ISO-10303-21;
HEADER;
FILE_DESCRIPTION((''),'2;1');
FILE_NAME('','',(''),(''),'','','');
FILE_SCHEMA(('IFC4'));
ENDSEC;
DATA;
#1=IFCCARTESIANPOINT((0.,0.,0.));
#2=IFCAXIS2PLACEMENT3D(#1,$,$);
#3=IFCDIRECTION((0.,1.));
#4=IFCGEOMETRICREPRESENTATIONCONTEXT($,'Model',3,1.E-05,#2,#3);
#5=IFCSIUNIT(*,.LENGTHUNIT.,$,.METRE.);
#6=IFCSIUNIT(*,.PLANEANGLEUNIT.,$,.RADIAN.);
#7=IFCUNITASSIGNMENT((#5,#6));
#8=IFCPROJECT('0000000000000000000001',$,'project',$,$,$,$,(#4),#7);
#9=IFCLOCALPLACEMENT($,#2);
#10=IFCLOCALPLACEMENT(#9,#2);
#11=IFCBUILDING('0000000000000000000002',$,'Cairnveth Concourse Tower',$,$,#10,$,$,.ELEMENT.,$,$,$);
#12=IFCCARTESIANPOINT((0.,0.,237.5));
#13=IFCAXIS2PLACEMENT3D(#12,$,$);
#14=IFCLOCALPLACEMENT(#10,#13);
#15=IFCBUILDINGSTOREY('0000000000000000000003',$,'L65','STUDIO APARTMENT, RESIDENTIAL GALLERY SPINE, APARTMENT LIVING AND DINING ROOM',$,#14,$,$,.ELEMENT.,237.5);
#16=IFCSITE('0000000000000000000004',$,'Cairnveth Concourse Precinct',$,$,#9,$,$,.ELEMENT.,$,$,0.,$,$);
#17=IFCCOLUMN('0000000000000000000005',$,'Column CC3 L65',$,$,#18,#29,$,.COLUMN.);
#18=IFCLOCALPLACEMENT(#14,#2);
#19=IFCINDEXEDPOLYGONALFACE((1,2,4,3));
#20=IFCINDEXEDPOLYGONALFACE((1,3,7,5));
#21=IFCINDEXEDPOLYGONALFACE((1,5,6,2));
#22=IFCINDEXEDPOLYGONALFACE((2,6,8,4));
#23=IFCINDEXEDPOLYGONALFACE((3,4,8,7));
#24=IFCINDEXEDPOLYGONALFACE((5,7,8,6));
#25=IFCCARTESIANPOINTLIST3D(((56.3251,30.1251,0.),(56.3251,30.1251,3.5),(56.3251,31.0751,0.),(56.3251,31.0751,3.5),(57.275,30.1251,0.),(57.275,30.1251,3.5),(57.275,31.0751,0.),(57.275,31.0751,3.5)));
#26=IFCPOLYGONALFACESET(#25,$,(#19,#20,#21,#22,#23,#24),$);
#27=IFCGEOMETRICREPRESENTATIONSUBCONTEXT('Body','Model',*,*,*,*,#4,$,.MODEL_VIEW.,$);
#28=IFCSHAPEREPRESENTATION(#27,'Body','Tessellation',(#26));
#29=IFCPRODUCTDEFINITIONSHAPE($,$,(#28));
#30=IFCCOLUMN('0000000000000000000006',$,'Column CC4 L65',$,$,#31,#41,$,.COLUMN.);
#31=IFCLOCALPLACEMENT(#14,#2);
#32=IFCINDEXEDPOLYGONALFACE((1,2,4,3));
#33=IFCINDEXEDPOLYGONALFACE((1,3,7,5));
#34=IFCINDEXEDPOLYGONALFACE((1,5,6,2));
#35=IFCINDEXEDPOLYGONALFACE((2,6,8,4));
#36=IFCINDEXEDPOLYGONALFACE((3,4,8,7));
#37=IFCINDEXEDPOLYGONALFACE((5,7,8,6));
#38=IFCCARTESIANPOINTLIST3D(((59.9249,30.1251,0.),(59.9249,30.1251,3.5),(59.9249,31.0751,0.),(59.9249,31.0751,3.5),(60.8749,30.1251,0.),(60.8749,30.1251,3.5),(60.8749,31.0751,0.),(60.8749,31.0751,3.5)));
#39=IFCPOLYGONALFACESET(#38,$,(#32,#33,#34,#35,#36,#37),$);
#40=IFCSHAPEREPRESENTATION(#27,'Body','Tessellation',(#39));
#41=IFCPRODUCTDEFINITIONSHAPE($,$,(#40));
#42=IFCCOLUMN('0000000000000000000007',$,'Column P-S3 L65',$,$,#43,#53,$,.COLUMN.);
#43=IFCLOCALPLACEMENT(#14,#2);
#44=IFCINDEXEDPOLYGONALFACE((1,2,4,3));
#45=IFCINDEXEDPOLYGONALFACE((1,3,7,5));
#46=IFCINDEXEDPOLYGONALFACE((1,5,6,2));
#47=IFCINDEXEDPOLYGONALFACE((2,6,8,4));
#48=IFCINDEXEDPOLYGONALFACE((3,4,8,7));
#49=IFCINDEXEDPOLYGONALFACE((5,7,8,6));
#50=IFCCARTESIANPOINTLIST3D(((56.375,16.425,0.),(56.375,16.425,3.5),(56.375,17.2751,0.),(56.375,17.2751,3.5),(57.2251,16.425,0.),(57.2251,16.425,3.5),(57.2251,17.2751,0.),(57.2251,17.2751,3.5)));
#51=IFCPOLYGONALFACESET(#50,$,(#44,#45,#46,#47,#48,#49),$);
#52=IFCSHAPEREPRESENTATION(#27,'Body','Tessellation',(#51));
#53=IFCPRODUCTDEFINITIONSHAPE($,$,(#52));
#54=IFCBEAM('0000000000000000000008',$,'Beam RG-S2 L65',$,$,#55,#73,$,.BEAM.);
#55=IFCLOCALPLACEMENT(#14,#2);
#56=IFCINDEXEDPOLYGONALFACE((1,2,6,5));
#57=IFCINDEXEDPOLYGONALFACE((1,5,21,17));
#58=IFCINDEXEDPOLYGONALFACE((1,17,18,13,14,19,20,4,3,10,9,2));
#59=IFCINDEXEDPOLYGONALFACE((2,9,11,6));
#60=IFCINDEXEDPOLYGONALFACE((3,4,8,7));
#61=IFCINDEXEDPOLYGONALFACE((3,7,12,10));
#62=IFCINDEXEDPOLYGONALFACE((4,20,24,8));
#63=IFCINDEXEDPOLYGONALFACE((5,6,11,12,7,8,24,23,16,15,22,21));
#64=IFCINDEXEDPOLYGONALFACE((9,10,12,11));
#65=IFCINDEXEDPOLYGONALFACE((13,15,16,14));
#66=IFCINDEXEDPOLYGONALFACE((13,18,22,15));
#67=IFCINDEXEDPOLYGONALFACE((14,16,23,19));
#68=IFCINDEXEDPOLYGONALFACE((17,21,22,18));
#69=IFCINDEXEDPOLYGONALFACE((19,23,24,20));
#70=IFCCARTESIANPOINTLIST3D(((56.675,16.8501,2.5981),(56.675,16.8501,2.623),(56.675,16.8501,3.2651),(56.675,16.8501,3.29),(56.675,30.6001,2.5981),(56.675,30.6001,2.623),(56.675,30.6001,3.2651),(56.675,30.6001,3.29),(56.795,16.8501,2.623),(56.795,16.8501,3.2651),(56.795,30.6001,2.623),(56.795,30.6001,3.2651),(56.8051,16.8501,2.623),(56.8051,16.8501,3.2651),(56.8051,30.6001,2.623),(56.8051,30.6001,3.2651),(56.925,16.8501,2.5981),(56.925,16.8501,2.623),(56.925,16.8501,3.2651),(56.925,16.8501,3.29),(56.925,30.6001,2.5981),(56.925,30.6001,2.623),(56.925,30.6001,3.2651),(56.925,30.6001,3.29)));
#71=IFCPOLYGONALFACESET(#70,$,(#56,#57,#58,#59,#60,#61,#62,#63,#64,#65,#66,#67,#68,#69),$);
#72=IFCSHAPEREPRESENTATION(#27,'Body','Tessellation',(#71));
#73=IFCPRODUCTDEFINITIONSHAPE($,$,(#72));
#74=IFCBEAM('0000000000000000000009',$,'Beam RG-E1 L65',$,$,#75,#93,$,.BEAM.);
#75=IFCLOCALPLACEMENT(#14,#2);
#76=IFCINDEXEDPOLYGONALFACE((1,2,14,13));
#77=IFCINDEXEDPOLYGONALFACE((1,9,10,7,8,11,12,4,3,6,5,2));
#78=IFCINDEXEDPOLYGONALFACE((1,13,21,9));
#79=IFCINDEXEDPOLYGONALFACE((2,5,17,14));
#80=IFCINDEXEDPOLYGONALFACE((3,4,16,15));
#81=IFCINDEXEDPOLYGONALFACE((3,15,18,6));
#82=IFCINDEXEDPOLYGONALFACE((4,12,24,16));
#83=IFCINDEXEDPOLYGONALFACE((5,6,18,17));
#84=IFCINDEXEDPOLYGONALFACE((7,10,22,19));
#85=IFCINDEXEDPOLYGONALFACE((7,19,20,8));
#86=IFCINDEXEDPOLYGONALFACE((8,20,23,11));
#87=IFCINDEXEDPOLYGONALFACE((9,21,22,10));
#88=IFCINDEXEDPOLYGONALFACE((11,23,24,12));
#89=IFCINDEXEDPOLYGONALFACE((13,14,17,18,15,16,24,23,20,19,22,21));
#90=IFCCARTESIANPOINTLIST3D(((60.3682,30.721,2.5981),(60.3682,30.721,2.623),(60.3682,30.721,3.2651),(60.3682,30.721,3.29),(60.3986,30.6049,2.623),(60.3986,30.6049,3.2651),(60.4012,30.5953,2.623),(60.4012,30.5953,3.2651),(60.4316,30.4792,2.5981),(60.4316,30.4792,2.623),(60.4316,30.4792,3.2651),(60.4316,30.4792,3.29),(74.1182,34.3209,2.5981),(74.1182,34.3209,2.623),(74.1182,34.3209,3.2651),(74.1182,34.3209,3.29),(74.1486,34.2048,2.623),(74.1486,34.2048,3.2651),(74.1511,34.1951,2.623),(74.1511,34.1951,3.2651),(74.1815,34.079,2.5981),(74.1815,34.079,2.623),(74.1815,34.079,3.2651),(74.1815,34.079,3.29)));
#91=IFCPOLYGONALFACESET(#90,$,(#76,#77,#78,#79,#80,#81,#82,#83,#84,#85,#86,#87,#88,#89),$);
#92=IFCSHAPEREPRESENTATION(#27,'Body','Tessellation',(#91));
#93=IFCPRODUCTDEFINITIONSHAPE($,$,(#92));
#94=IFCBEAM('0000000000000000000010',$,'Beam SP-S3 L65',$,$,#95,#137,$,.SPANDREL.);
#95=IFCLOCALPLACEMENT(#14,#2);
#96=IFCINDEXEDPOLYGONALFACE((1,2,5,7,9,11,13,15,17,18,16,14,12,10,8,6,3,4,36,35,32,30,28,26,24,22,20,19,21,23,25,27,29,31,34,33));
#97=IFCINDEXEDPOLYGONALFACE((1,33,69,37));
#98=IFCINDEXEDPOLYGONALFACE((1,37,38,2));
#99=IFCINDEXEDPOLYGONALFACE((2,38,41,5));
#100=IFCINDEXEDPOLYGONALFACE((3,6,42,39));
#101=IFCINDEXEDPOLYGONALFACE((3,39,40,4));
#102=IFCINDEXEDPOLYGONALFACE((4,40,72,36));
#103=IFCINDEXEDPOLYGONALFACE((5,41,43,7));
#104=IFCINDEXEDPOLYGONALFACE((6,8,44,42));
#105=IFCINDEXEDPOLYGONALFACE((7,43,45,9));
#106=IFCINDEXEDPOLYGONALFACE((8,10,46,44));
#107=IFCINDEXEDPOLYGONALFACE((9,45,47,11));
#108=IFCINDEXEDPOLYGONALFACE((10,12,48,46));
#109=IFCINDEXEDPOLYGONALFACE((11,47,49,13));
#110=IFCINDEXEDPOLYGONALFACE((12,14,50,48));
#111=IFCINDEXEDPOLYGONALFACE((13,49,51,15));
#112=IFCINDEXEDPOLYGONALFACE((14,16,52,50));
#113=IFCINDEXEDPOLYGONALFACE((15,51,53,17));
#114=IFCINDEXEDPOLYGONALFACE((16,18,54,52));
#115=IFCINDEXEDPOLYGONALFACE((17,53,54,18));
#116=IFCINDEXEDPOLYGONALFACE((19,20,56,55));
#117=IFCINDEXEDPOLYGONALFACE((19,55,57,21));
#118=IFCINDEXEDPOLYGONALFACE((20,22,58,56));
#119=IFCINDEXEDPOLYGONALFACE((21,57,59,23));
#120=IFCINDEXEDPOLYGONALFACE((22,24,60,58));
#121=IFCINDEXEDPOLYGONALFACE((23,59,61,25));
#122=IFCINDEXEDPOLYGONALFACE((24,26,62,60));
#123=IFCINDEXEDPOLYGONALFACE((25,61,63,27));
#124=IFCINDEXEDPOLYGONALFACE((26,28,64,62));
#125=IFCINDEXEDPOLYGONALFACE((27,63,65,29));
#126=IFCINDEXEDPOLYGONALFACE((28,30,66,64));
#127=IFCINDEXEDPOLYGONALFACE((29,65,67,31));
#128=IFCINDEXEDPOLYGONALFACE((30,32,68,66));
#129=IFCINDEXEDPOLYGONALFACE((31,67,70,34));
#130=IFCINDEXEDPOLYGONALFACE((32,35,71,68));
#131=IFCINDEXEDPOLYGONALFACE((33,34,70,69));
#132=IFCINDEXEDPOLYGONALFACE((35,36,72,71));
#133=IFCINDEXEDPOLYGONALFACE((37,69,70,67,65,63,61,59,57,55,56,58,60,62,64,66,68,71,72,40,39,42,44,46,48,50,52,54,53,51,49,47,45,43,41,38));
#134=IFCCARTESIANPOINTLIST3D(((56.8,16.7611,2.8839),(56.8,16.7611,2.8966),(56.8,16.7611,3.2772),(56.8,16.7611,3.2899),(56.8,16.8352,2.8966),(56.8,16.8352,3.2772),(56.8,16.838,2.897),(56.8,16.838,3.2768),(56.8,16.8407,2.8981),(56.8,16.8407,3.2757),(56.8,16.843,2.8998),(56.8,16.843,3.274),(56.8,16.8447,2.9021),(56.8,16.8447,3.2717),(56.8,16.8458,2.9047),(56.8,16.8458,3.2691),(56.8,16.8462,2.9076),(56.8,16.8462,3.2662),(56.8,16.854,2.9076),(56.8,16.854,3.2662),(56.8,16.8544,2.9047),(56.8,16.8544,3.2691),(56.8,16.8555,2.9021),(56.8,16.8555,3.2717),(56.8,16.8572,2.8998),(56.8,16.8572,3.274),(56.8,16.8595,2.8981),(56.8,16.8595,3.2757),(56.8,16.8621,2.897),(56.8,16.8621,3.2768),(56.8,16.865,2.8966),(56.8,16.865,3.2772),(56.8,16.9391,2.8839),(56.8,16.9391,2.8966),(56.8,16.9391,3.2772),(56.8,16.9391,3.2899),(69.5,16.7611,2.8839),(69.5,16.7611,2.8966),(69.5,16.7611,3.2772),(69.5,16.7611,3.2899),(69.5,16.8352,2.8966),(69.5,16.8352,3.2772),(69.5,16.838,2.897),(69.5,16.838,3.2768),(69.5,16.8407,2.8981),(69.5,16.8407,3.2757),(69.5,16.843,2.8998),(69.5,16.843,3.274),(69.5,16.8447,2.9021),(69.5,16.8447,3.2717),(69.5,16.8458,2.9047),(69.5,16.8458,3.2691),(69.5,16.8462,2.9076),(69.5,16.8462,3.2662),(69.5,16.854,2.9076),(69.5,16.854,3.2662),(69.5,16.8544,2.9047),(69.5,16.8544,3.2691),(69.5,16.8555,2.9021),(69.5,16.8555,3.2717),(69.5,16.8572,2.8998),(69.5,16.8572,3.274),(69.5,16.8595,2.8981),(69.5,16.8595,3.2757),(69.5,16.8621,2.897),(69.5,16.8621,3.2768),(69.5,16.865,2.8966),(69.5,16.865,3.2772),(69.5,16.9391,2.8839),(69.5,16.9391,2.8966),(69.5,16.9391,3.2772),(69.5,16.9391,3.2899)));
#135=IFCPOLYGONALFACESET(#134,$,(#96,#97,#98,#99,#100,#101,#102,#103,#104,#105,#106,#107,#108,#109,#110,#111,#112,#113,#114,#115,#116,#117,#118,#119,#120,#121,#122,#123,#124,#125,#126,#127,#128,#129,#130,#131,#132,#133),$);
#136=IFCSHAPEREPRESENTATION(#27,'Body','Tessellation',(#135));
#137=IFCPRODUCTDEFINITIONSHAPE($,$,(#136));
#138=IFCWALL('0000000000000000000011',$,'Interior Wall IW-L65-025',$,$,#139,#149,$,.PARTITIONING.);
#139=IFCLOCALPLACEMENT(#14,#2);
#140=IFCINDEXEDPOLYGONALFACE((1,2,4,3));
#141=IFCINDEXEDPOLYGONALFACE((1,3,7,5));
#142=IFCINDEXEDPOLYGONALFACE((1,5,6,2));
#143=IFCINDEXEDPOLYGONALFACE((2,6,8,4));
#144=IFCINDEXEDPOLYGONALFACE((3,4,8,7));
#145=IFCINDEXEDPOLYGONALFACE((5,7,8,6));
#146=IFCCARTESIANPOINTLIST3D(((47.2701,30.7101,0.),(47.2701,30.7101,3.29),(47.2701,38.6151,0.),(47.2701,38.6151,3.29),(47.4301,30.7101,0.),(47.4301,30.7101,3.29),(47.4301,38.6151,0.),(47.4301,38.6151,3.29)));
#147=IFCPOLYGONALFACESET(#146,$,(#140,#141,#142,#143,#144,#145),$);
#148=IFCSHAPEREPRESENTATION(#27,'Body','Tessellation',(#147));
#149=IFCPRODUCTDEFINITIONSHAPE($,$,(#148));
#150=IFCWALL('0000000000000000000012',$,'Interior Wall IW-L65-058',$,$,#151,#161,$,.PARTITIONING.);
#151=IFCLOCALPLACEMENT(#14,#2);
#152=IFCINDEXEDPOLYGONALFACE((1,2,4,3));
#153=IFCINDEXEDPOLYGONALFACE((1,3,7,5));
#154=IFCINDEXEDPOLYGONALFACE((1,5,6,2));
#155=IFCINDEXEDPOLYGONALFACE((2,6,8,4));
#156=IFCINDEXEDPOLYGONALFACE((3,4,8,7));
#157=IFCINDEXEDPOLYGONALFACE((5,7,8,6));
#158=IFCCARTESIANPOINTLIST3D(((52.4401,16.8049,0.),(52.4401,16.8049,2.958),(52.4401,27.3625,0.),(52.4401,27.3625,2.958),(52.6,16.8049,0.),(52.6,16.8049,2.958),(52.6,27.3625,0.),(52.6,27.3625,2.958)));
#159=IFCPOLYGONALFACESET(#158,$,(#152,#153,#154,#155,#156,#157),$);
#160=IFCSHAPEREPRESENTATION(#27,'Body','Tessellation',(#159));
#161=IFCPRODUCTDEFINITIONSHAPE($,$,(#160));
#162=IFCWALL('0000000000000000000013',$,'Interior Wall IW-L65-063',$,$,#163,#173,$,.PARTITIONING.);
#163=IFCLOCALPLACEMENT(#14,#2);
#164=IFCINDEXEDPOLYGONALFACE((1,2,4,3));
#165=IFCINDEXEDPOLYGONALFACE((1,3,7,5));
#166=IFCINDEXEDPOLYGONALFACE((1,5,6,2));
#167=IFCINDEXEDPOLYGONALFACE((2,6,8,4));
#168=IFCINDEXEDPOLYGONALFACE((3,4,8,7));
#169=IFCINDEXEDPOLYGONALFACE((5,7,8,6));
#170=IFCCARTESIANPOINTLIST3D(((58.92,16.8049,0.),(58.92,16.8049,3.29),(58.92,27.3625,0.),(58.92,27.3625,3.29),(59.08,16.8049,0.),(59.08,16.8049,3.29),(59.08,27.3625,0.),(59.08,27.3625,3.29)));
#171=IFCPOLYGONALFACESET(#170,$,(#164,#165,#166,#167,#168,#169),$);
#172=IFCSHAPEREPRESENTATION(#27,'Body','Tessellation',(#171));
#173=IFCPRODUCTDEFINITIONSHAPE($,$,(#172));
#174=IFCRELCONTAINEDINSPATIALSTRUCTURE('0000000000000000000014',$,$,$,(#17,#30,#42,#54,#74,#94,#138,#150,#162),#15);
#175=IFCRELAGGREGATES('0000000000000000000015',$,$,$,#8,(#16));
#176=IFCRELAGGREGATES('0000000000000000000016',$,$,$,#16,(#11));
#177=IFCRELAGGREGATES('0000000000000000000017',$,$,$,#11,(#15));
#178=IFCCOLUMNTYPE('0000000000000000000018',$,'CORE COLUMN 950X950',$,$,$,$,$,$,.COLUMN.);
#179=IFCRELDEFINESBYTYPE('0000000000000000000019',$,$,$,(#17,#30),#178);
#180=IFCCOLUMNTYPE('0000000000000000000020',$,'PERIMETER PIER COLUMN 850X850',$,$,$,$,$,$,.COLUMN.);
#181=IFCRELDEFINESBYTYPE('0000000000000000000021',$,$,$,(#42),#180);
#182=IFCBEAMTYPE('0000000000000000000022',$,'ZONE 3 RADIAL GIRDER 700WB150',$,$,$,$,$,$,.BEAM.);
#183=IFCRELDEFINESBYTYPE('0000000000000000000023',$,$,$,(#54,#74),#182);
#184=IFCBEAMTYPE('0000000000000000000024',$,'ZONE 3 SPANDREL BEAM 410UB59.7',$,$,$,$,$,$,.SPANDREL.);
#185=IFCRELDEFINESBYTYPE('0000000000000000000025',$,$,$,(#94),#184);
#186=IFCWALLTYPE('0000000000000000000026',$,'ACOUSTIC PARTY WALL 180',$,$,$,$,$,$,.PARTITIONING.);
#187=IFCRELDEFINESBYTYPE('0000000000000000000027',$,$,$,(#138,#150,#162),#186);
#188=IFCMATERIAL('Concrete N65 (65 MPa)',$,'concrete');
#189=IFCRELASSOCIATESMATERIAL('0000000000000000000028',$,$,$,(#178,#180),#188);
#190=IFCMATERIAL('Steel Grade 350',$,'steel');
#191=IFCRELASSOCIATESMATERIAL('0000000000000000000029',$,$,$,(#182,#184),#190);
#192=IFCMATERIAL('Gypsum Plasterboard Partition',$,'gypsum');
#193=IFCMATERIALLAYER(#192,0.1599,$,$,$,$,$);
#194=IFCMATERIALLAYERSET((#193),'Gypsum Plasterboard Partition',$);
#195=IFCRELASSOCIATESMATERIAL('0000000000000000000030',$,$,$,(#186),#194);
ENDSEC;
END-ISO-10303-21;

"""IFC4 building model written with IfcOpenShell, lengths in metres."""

from ifc_helpers import new_model, si_unit, direction, frame, frame_2d, origin, origin_2d, place, context, subcontext, project, spatial, rectangle, i_section, extrude, material, layer, layer_set, material_profile, profile_set, type_object, element, save


model = new_model("IFC4")

# Units and contexts
model_context = context("Model", 3, precision=1e-05, world=origin(), true_north=direction((0.0, 1.0)))
body_context = subcontext(model_context, "Body", "Model", "MODEL_VIEW")
ifc_project = project(units=[si_unit("LENGTHUNIT", "METRE"), si_unit("PLANEANGLEUNIT", "RADIAN")], contexts=[model_context])

# Site, building, storey
site_placement = place(None, origin())
site = spatial("IfcSite", under=ifc_project, at=site_placement, Name="Cairnveth Concourse Precinct", CompositionType="ELEMENT", RefElevation=0.0)
building_placement = place(site_placement, origin())
building = spatial("IfcBuilding", under=site, at=building_placement, Name="Cairnveth Concourse Tower", CompositionType="ELEMENT")
storey_placement = place(building_placement, frame((0.0, 0.0, 237.5)))
storey = spatial("IfcBuildingStorey", under=building, at=storey_placement, Name="L65", Description="STUDIO APARTMENT, RESIDENTIAL GALLERY SPINE, APARTMENT LIVING AND DINING ROOM", CompositionType="ELEMENT", Elevation=237.5)

# Columns
ifc_material_1 = material(Name="Concrete N65 (65 MPa)", Category="concrete")
ifc_material_profile_1 = material_profile(ifc_material_1, rectangle(XDim=0.95, YDim=0.95, at=origin_2d()), Name="RC-COL-950x950")
ifc_profile_set_1 = profile_set([ifc_material_profile_1], Name="Concrete N65 (65 MPa)")
column_type_1 = type_object("IfcColumnType", Name="CORE COLUMN 950X950", PredefinedType="COLUMN", material=ifc_profile_set_1)
for number, where, z_axis, x_axis, name in (
    (1, (56.8, 30.6001, 0.0), (0.0, 0.0, 1.0), (1.0, 0.0, 0.0), "Column CC3 L65"),
    (2, (60.3999, 30.6001, 0.0), (0.0, 0.0, 1.0), (1.0, 0.0, 0.0), "Column CC4 L65"),
):
    element("IfcColumn", number, at=place(storey_placement, frame(where, z_axis=z_axis, x_axis=x_axis)), inside=storey, type_object=column_type_1, Name=name, PredefinedType="COLUMN", context=body_context, shape_type="SweptSolid", body=[
        extrude(rectangle(XDim=0.95, YDim=0.95, at=origin_2d()), origin(), (0.0, 0.0, 1.0), 3.5),
    ])
ifc_material_profile_2 = material_profile(ifc_material_1, rectangle(XDim=0.8501, YDim=0.8501, at=origin_2d()), Name="RC-COL-850x850")
ifc_profile_set_2 = profile_set([ifc_material_profile_2], Name="Concrete N65 (65 MPa)")
column_type_2 = type_object("IfcColumnType", Name="PERIMETER PIER COLUMN 850X850", PredefinedType="COLUMN", material=ifc_profile_set_2)
column_placement = place(storey_placement, frame((56.8, 16.8501, 0.0), z_axis=(0.0, 0.0, 1.0), x_axis=(1.0, 0.0, 0.0)))
element("IfcColumn", 3, at=column_placement, inside=storey, type_object=column_type_2, Name="Column P-S3 L65", PredefinedType="COLUMN", context=body_context, shape_type="SweptSolid", body=[
    extrude(rectangle(XDim=0.8501, YDim=0.8501, at=origin_2d()), origin(), (0.0, 0.0, 1.0), 3.5),
])

# Beams
ifc_material_2 = material(Name="Steel Grade 350", Category="steel")
ifc_material_profile_3 = material_profile(ifc_material_2, i_section(OverallWidth=0.25, OverallDepth=0.6919, WebThickness=0.01, FlangeThickness=0.0249, at=origin_2d()), Name="700WB150")
ifc_profile_set_3 = profile_set([ifc_material_profile_3], Name="Steel Grade 350")
beam_type_1 = type_object("IfcBeamType", Name="ZONE 3 RADIAL GIRDER 700WB150", PredefinedType="BEAM", material=ifc_profile_set_3)
beam_1_placement = place(storey_placement, frame((56.8, 16.8501, 2.9441), z_axis=(0.0, 1.0, 0.0), x_axis=(-1.0, 0.0, 0.0)))
element("IfcBeam", 4, at=beam_1_placement, inside=storey, type_object=beam_type_1, Name="Beam RG-S2 L65", PredefinedType="BEAM", context=body_context, shape_type="SweptSolid", body=[
    extrude(i_section(OverallWidth=0.25, OverallDepth=0.6919, WebThickness=0.01, FlangeThickness=0.0249, at=origin_2d()), origin(), (0.0, 0.0, 1.0), 13.75),
])
beam_2_placement = place(storey_placement, frame((60.3999, 30.6001, 2.9441), z_axis=(0.967395, 0.253271, 0.0), x_axis=(-0.253271, 0.967395, 0.0)))
element("IfcBeam", 5, at=beam_2_placement, inside=storey, type_object=beam_type_1, Name="Beam RG-E1 L65", PredefinedType="BEAM", context=body_context, shape_type="SweptSolid", body=[
    extrude(i_section(OverallWidth=0.25, OverallDepth=0.6919, WebThickness=0.01, FlangeThickness=0.0249, at=origin_2d()), origin(), (0.0, 0.0, 1.0), 14.2134),
])
ifc_material_profile_4 = material_profile(ifc_material_2, i_section(OverallWidth=0.178, OverallDepth=0.406, WebThickness=0.0078, FlangeThickness=0.0127, FilletRadius=0.011, at=origin_2d()), Name="410UB59.7")
ifc_profile_set_4 = profile_set([ifc_material_profile_4], Name="Steel Grade 350")
beam_type_2 = type_object("IfcBeamType", Name="ZONE 3 SPANDREL BEAM 410UB59.7", PredefinedType="SPANDREL", material=ifc_profile_set_4)
beam_3_placement = place(storey_placement, frame((56.8, 16.8501, 3.0869), z_axis=(1.0, 0.0, 0.0), x_axis=(0.0, 1.0, 0.0)))
element("IfcBeam", 6, at=beam_3_placement, inside=storey, type_object=beam_type_2, Name="Beam SP-S3 L65", PredefinedType="SPANDREL", context=body_context, shape_type="SweptSolid", body=[
    extrude(i_section(OverallWidth=0.178, OverallDepth=0.406, WebThickness=0.0078, FlangeThickness=0.0127, FilletRadius=0.011, at=origin_2d()), origin(), (0.0, 0.0, 1.0), 12.7),
])

# Walls
ifc_material_3 = material(Name="Gypsum Plasterboard Partition", Category="gypsum")
ifc_layer_1 = layer(ifc_material_3, 0.1599)
ifc_layer_set_1 = layer_set([ifc_layer_1], Name="Gypsum Plasterboard Partition")
wall_type_1 = type_object("IfcWallType", Name="ACOUSTIC PARTY WALL 180", PredefinedType="PARTITIONING", material=ifc_layer_set_1)
wall_1_placement = place(storey_placement, frame((47.3501, 30.71, 0.0), z_axis=(0.0, 0.0, 1.0), x_axis=(0.0, 1.0, 0.0)))
element("IfcWall", 7, at=wall_1_placement, inside=storey, type_object=wall_type_1, Name="Interior Wall IW-L65-025", PredefinedType="PARTITIONING", context=body_context, shape_type="SweptSolid", body=[
    extrude(rectangle(XDim=7.905, YDim=0.1599, at=frame_2d((3.9526, 0.0))), origin(), (0.0, 0.0, 1.0), 3.29),
])
wall_2_placement = place(storey_placement, frame((52.52, 16.8049, 0.0), z_axis=(0.0, 0.0, 1.0), x_axis=(0.0, 1.0, 0.0)))
element("IfcWall", 8, at=wall_2_placement, inside=storey, type_object=wall_type_1, Name="Interior Wall IW-L65-058", PredefinedType="PARTITIONING", context=body_context, shape_type="SweptSolid", body=[
    extrude(rectangle(XDim=10.5576, YDim=0.1599, at=frame_2d((5.2788, 0.0))), origin(), (0.0, 0.0, 1.0), 2.958),
])
wall_3_placement = place(storey_placement, frame((59.0, 16.8049, 0.0), z_axis=(0.0, 0.0, 1.0), x_axis=(0.0, 1.0, 0.0)))
element("IfcWall", 9, at=wall_3_placement, inside=storey, type_object=wall_type_1, Name="Interior Wall IW-L65-063", PredefinedType="PARTITIONING", context=body_context, shape_type="SweptSolid", body=[
    extrude(rectangle(XDim=10.5576, YDim=0.1599, at=frame_2d((5.2788, 0.0))), origin(), (0.0, 0.0, 1.0), 3.29),
])

save(model, "model.ifc")
